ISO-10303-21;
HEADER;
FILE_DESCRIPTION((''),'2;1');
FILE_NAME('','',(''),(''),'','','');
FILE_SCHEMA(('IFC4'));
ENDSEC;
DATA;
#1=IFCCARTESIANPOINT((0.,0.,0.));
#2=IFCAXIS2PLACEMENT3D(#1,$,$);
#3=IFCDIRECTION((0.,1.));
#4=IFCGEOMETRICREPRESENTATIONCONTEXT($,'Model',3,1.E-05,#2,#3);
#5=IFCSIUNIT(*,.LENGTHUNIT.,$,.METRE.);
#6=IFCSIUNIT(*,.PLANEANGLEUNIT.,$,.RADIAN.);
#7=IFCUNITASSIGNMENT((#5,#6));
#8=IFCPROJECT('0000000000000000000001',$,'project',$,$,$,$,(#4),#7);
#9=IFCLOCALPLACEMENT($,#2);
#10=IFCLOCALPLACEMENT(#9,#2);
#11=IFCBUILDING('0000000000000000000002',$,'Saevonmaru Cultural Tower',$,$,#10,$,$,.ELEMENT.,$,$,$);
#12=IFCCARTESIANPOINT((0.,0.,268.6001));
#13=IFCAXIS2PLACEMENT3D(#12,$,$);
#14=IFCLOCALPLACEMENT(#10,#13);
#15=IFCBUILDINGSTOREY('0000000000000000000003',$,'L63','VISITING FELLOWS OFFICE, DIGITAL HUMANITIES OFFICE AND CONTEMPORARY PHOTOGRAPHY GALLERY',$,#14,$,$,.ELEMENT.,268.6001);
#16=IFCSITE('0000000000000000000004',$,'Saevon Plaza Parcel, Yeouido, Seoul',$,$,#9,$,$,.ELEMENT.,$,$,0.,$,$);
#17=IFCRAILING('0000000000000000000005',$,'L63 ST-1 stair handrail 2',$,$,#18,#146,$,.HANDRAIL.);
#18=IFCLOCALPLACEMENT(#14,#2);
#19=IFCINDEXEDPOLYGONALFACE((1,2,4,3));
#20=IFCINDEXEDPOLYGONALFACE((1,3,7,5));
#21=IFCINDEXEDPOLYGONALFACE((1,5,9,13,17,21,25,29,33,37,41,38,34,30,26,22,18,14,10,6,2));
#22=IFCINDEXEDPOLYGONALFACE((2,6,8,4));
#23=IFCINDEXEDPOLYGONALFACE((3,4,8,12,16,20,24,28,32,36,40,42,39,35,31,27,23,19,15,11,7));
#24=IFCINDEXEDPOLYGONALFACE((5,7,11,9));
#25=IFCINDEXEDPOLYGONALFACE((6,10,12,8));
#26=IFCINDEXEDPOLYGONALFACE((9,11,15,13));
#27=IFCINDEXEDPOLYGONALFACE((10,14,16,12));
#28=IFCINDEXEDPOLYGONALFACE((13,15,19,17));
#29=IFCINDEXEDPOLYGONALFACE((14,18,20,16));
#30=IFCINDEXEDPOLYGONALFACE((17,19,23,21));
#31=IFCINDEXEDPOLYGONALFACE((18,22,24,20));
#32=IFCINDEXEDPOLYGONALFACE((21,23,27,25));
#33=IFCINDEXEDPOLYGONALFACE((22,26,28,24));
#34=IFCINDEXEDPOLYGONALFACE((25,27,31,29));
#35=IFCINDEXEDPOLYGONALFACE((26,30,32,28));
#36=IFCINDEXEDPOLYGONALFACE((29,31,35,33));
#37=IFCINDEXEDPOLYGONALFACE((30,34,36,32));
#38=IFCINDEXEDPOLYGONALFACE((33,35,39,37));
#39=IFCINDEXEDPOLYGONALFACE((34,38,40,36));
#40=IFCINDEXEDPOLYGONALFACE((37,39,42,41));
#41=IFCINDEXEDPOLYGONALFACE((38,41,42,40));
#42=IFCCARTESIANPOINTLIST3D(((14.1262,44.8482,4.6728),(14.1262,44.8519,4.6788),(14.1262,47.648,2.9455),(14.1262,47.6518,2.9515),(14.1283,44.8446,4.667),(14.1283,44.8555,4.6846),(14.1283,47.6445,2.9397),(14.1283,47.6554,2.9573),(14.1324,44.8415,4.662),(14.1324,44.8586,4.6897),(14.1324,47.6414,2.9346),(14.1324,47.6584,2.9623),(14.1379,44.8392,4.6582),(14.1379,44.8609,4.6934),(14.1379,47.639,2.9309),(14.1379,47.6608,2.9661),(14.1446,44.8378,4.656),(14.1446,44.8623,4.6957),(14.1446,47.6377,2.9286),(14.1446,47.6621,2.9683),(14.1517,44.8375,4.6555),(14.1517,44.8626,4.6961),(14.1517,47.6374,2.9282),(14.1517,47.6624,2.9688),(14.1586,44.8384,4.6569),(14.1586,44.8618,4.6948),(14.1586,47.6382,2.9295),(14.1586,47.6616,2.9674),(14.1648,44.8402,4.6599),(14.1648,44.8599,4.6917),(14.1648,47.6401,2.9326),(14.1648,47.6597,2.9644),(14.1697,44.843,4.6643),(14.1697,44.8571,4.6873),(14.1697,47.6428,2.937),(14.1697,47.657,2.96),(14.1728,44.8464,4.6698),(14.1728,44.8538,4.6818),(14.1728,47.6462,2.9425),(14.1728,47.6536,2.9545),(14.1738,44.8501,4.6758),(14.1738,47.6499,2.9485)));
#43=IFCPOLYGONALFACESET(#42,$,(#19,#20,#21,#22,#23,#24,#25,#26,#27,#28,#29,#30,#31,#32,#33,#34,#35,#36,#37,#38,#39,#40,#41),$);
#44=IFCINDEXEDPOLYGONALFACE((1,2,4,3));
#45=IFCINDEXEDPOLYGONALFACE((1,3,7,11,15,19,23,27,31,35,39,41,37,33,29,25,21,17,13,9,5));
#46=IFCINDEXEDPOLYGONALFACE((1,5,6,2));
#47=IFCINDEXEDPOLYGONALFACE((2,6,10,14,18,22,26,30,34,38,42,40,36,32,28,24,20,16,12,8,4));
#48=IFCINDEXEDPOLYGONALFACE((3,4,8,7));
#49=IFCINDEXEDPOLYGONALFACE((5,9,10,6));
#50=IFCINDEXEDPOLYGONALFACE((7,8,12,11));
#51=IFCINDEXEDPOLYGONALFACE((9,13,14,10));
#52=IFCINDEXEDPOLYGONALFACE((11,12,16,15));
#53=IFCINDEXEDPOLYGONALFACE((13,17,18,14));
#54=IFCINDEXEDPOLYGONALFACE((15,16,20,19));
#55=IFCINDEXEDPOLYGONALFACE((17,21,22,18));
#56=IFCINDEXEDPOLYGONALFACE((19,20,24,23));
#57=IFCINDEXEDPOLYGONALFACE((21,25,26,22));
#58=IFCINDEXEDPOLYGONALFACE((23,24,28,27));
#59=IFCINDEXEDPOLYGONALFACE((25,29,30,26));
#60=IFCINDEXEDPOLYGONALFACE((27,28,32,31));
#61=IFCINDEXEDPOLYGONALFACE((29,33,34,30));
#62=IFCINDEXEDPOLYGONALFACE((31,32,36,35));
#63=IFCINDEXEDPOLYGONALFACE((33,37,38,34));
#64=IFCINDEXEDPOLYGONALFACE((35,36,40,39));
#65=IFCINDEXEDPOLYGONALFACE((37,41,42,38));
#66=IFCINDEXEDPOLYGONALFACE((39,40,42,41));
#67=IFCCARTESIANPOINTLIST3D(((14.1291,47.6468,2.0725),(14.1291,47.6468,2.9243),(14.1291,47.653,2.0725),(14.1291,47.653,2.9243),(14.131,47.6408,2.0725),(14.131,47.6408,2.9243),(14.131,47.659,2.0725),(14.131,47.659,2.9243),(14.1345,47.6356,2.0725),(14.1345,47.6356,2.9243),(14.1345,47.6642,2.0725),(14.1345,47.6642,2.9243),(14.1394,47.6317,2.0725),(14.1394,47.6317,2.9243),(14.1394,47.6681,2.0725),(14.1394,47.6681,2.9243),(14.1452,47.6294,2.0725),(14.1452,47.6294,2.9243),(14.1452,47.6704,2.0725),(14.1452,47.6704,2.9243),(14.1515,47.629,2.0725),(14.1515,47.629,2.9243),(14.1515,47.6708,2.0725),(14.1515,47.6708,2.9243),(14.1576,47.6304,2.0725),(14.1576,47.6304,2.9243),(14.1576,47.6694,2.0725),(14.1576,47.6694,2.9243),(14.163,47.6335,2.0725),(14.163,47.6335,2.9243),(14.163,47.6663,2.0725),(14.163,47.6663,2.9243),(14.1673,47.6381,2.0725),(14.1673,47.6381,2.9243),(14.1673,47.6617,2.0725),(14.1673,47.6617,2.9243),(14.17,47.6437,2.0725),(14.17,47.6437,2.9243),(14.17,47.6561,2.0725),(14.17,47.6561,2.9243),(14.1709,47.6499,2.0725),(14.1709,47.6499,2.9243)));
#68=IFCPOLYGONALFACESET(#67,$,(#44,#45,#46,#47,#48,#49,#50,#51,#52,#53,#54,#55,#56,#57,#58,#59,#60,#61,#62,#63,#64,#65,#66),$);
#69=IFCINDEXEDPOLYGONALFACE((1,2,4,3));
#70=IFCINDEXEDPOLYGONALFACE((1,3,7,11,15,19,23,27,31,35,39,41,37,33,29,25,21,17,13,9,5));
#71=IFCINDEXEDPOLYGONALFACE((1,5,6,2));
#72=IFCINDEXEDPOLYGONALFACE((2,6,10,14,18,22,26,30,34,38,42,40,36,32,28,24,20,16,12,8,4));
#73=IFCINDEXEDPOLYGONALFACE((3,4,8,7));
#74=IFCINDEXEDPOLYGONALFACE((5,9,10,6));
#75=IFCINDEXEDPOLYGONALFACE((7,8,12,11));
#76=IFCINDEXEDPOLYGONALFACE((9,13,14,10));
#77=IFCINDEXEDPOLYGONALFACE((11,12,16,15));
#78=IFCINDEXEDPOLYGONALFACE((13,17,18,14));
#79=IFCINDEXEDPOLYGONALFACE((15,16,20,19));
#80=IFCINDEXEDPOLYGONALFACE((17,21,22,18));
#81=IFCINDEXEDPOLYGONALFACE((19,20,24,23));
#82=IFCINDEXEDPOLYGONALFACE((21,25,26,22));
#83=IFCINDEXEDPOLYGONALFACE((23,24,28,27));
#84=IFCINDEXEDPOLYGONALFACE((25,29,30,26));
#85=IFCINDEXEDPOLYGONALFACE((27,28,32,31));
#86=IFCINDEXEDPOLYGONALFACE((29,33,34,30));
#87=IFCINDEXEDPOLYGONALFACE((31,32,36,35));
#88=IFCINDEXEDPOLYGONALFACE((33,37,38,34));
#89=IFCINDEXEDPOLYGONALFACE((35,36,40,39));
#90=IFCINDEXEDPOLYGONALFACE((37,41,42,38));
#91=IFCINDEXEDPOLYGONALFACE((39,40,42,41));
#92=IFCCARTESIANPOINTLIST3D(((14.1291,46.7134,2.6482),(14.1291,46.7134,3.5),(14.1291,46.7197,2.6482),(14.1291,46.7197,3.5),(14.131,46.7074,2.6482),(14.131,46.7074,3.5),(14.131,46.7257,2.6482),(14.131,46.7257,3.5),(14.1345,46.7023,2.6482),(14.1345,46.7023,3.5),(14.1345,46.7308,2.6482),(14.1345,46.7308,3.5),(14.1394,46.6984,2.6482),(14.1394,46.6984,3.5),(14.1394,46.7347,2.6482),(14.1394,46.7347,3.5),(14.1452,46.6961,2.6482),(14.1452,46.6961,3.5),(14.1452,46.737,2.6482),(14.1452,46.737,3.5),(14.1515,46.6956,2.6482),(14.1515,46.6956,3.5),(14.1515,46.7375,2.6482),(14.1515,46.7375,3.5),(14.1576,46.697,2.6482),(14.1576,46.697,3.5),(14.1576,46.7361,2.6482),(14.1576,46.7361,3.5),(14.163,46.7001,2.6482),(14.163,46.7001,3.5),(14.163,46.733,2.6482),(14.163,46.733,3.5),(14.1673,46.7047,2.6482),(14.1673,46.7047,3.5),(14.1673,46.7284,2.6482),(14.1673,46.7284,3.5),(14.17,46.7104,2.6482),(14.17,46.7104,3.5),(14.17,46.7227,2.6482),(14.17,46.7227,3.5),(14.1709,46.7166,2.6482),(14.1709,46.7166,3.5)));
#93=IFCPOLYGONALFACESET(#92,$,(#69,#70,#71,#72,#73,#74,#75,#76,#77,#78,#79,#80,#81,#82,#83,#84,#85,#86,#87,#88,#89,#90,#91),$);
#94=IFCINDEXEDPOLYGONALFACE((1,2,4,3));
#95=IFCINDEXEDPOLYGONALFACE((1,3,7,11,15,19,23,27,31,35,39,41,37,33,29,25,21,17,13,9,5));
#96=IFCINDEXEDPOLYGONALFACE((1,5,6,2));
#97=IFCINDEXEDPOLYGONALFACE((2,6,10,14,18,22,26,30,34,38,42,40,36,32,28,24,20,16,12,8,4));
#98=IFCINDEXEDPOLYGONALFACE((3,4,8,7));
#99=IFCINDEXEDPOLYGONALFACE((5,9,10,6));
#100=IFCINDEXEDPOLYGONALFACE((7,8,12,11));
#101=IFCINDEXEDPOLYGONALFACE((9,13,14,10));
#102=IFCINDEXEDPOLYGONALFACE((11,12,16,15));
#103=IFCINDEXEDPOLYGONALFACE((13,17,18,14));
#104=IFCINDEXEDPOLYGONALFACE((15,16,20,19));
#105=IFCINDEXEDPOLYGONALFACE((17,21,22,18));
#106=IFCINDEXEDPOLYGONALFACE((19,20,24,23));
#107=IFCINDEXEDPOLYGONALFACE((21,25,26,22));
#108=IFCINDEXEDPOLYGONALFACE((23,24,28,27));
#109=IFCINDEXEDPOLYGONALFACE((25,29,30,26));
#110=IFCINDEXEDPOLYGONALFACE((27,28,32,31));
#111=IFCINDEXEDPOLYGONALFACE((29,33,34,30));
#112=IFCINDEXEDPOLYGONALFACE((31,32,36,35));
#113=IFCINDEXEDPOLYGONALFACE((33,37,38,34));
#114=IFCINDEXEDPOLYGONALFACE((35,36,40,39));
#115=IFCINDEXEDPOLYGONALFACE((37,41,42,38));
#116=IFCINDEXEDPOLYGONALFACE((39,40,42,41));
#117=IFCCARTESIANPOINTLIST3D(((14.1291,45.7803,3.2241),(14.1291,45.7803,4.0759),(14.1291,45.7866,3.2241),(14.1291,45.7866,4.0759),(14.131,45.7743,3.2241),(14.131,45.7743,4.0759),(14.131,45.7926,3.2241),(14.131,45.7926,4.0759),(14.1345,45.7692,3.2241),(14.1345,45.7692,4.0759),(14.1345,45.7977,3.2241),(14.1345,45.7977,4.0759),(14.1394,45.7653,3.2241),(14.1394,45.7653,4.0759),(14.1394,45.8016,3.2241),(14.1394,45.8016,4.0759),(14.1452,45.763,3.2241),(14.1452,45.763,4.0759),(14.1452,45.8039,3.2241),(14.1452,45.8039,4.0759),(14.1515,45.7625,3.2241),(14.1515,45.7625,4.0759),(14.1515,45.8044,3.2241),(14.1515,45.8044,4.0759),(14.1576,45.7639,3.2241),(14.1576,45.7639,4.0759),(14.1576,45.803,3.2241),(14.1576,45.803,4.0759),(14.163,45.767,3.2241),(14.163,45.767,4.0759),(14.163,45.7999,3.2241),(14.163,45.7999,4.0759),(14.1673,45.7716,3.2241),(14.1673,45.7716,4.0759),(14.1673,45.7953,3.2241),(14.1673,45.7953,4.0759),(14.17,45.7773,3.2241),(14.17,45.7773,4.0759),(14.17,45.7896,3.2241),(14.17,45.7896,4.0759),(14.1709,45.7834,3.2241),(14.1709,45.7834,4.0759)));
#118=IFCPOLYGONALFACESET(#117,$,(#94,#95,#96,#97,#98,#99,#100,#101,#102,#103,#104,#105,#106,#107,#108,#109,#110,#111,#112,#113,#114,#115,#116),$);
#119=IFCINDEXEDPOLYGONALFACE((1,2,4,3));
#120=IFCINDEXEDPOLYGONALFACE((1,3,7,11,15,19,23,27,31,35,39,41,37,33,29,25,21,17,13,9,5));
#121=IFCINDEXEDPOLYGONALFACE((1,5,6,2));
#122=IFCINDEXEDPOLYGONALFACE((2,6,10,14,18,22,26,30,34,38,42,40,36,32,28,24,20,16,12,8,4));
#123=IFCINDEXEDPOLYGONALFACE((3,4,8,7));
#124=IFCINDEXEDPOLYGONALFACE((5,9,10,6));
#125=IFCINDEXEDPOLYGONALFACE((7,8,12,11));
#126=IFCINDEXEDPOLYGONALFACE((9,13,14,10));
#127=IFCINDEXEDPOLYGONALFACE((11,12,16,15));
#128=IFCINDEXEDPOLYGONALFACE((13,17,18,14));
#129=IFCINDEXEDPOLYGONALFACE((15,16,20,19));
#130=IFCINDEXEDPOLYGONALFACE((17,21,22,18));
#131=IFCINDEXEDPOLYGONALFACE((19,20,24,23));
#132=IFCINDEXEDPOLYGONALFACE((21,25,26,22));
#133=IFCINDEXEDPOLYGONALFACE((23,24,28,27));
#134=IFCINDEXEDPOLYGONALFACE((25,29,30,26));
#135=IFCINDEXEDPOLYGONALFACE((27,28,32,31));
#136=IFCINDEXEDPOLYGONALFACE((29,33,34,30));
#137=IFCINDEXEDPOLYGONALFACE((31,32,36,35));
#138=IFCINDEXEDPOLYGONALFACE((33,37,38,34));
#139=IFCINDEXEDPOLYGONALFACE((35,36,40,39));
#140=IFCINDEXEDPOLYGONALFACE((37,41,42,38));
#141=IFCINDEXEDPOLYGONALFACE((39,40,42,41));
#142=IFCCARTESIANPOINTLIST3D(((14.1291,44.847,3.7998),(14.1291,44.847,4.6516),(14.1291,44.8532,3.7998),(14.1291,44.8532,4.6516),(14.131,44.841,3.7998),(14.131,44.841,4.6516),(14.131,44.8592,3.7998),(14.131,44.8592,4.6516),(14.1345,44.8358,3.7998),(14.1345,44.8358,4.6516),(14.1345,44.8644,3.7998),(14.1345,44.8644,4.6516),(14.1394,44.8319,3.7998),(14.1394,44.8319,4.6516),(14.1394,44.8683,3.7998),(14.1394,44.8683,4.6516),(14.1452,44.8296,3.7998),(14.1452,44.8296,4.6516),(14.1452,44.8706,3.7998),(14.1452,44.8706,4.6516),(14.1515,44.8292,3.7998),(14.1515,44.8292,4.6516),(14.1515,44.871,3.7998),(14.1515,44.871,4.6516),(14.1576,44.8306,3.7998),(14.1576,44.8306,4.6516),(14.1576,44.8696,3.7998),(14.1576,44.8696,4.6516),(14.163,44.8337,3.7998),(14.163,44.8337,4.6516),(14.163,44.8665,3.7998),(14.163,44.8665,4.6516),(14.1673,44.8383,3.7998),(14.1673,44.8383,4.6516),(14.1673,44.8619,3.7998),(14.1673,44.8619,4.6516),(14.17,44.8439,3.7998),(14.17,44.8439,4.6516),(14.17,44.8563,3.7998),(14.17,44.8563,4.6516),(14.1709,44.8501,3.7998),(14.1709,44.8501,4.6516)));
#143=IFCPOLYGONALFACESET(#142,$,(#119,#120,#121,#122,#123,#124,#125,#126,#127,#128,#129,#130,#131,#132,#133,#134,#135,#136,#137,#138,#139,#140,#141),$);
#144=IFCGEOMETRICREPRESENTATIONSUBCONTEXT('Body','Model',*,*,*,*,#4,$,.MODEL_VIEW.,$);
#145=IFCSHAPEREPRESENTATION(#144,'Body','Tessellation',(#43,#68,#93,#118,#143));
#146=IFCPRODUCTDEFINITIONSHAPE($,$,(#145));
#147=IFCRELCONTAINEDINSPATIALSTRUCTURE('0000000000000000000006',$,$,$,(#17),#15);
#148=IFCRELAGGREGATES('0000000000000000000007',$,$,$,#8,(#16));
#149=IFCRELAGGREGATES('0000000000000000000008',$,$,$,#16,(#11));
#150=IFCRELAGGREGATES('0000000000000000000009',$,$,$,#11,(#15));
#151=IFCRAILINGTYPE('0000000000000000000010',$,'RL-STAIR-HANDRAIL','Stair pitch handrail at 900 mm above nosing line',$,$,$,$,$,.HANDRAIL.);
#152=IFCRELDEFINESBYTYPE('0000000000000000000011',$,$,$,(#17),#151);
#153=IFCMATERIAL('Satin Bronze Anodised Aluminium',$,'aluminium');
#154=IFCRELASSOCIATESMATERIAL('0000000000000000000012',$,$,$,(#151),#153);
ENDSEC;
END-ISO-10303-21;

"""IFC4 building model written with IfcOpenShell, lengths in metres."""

from ifc_helpers import new_model, si_unit, direction, frame, origin, origin_2d, place, context, subcontext, project, spatial, circle, extrude, material, type_object, element, save


model = new_model("IFC4")

# Units and contexts
model_context = context("Model", 3, precision=1e-05, world=origin(), true_north=direction((0.0, 1.0)))
body_context = subcontext(model_context, "Body", "Model", "MODEL_VIEW")
ifc_project = project(units=[si_unit("LENGTHUNIT", "METRE"), si_unit("PLANEANGLEUNIT", "RADIAN")], contexts=[model_context])

# Site, building, storey
site_placement = place(None, origin())
site = spatial("IfcSite", under=ifc_project, at=site_placement, Name="Saevon Plaza Parcel, Yeouido, Seoul", CompositionType="ELEMENT", RefElevation=0.0)
building_placement = place(site_placement, origin())
building = spatial("IfcBuilding", under=site, at=building_placement, Name="Saevonmaru Cultural Tower", CompositionType="ELEMENT")
storey_placement = place(building_placement, frame((0.0, 0.0, 268.6001)))
storey = spatial("IfcBuildingStorey", under=building, at=storey_placement, Name="L63", Description="VISITING FELLOWS OFFICE, DIGITAL HUMANITIES OFFICE AND CONTEMPORARY PHOTOGRAPHY GALLERY", CompositionType="ELEMENT", Elevation=268.6001)

# Shared definitions
ifc_material_1 = material(Name="Satin Bronze Anodised Aluminium", Category="aluminium")

# Railing
railing_type_1 = type_object("IfcRailingType", Name="RL-STAIR-HANDRAIL", Description="Stair pitch handrail at 900 mm above nosing line", PredefinedType="HANDRAIL", material=ifc_material_1)
railing_1_placement = place(storey_placement, frame((14.1499, 47.6499, 2.0725)))
element("IfcRailing", 1, at=railing_1_placement, inside=storey, type_object=railing_type_1, Name="L63 ST-1 stair handrail 2", PredefinedType="HANDRAIL", context=body_context, shape_type="SweptSolid", body=[
    extrude(circle(Radius=0.0239, at=origin_2d()), frame((0.0, 0.0, 0.876), z_axis=(0.0, -0.851069, 0.525054), x_axis=(1.0, 0.0, 0.0)), (0.0, 0.0, 1.0), 3.2898),
    extrude(circle(Radius=0.021, at=origin_2d()), origin(), (0.0, 0.0, 1.0), 0.8518),
    extrude(circle(Radius=0.021, at=origin_2d()), frame((0.0, -0.9333, 0.5757)), (0.0, 0.0, 1.0), 0.8518),
    extrude(circle(Radius=0.021, at=origin_2d()), frame((0.0, -1.8665, 1.1516)), (0.0, 0.0, 1.0), 0.8518),
    extrude(circle(Radius=0.021, at=origin_2d()), frame((0.0, -2.7998, 1.7273)), (0.0, 0.0, 1.0), 0.8518),
])

save(model, "model.ifc")
